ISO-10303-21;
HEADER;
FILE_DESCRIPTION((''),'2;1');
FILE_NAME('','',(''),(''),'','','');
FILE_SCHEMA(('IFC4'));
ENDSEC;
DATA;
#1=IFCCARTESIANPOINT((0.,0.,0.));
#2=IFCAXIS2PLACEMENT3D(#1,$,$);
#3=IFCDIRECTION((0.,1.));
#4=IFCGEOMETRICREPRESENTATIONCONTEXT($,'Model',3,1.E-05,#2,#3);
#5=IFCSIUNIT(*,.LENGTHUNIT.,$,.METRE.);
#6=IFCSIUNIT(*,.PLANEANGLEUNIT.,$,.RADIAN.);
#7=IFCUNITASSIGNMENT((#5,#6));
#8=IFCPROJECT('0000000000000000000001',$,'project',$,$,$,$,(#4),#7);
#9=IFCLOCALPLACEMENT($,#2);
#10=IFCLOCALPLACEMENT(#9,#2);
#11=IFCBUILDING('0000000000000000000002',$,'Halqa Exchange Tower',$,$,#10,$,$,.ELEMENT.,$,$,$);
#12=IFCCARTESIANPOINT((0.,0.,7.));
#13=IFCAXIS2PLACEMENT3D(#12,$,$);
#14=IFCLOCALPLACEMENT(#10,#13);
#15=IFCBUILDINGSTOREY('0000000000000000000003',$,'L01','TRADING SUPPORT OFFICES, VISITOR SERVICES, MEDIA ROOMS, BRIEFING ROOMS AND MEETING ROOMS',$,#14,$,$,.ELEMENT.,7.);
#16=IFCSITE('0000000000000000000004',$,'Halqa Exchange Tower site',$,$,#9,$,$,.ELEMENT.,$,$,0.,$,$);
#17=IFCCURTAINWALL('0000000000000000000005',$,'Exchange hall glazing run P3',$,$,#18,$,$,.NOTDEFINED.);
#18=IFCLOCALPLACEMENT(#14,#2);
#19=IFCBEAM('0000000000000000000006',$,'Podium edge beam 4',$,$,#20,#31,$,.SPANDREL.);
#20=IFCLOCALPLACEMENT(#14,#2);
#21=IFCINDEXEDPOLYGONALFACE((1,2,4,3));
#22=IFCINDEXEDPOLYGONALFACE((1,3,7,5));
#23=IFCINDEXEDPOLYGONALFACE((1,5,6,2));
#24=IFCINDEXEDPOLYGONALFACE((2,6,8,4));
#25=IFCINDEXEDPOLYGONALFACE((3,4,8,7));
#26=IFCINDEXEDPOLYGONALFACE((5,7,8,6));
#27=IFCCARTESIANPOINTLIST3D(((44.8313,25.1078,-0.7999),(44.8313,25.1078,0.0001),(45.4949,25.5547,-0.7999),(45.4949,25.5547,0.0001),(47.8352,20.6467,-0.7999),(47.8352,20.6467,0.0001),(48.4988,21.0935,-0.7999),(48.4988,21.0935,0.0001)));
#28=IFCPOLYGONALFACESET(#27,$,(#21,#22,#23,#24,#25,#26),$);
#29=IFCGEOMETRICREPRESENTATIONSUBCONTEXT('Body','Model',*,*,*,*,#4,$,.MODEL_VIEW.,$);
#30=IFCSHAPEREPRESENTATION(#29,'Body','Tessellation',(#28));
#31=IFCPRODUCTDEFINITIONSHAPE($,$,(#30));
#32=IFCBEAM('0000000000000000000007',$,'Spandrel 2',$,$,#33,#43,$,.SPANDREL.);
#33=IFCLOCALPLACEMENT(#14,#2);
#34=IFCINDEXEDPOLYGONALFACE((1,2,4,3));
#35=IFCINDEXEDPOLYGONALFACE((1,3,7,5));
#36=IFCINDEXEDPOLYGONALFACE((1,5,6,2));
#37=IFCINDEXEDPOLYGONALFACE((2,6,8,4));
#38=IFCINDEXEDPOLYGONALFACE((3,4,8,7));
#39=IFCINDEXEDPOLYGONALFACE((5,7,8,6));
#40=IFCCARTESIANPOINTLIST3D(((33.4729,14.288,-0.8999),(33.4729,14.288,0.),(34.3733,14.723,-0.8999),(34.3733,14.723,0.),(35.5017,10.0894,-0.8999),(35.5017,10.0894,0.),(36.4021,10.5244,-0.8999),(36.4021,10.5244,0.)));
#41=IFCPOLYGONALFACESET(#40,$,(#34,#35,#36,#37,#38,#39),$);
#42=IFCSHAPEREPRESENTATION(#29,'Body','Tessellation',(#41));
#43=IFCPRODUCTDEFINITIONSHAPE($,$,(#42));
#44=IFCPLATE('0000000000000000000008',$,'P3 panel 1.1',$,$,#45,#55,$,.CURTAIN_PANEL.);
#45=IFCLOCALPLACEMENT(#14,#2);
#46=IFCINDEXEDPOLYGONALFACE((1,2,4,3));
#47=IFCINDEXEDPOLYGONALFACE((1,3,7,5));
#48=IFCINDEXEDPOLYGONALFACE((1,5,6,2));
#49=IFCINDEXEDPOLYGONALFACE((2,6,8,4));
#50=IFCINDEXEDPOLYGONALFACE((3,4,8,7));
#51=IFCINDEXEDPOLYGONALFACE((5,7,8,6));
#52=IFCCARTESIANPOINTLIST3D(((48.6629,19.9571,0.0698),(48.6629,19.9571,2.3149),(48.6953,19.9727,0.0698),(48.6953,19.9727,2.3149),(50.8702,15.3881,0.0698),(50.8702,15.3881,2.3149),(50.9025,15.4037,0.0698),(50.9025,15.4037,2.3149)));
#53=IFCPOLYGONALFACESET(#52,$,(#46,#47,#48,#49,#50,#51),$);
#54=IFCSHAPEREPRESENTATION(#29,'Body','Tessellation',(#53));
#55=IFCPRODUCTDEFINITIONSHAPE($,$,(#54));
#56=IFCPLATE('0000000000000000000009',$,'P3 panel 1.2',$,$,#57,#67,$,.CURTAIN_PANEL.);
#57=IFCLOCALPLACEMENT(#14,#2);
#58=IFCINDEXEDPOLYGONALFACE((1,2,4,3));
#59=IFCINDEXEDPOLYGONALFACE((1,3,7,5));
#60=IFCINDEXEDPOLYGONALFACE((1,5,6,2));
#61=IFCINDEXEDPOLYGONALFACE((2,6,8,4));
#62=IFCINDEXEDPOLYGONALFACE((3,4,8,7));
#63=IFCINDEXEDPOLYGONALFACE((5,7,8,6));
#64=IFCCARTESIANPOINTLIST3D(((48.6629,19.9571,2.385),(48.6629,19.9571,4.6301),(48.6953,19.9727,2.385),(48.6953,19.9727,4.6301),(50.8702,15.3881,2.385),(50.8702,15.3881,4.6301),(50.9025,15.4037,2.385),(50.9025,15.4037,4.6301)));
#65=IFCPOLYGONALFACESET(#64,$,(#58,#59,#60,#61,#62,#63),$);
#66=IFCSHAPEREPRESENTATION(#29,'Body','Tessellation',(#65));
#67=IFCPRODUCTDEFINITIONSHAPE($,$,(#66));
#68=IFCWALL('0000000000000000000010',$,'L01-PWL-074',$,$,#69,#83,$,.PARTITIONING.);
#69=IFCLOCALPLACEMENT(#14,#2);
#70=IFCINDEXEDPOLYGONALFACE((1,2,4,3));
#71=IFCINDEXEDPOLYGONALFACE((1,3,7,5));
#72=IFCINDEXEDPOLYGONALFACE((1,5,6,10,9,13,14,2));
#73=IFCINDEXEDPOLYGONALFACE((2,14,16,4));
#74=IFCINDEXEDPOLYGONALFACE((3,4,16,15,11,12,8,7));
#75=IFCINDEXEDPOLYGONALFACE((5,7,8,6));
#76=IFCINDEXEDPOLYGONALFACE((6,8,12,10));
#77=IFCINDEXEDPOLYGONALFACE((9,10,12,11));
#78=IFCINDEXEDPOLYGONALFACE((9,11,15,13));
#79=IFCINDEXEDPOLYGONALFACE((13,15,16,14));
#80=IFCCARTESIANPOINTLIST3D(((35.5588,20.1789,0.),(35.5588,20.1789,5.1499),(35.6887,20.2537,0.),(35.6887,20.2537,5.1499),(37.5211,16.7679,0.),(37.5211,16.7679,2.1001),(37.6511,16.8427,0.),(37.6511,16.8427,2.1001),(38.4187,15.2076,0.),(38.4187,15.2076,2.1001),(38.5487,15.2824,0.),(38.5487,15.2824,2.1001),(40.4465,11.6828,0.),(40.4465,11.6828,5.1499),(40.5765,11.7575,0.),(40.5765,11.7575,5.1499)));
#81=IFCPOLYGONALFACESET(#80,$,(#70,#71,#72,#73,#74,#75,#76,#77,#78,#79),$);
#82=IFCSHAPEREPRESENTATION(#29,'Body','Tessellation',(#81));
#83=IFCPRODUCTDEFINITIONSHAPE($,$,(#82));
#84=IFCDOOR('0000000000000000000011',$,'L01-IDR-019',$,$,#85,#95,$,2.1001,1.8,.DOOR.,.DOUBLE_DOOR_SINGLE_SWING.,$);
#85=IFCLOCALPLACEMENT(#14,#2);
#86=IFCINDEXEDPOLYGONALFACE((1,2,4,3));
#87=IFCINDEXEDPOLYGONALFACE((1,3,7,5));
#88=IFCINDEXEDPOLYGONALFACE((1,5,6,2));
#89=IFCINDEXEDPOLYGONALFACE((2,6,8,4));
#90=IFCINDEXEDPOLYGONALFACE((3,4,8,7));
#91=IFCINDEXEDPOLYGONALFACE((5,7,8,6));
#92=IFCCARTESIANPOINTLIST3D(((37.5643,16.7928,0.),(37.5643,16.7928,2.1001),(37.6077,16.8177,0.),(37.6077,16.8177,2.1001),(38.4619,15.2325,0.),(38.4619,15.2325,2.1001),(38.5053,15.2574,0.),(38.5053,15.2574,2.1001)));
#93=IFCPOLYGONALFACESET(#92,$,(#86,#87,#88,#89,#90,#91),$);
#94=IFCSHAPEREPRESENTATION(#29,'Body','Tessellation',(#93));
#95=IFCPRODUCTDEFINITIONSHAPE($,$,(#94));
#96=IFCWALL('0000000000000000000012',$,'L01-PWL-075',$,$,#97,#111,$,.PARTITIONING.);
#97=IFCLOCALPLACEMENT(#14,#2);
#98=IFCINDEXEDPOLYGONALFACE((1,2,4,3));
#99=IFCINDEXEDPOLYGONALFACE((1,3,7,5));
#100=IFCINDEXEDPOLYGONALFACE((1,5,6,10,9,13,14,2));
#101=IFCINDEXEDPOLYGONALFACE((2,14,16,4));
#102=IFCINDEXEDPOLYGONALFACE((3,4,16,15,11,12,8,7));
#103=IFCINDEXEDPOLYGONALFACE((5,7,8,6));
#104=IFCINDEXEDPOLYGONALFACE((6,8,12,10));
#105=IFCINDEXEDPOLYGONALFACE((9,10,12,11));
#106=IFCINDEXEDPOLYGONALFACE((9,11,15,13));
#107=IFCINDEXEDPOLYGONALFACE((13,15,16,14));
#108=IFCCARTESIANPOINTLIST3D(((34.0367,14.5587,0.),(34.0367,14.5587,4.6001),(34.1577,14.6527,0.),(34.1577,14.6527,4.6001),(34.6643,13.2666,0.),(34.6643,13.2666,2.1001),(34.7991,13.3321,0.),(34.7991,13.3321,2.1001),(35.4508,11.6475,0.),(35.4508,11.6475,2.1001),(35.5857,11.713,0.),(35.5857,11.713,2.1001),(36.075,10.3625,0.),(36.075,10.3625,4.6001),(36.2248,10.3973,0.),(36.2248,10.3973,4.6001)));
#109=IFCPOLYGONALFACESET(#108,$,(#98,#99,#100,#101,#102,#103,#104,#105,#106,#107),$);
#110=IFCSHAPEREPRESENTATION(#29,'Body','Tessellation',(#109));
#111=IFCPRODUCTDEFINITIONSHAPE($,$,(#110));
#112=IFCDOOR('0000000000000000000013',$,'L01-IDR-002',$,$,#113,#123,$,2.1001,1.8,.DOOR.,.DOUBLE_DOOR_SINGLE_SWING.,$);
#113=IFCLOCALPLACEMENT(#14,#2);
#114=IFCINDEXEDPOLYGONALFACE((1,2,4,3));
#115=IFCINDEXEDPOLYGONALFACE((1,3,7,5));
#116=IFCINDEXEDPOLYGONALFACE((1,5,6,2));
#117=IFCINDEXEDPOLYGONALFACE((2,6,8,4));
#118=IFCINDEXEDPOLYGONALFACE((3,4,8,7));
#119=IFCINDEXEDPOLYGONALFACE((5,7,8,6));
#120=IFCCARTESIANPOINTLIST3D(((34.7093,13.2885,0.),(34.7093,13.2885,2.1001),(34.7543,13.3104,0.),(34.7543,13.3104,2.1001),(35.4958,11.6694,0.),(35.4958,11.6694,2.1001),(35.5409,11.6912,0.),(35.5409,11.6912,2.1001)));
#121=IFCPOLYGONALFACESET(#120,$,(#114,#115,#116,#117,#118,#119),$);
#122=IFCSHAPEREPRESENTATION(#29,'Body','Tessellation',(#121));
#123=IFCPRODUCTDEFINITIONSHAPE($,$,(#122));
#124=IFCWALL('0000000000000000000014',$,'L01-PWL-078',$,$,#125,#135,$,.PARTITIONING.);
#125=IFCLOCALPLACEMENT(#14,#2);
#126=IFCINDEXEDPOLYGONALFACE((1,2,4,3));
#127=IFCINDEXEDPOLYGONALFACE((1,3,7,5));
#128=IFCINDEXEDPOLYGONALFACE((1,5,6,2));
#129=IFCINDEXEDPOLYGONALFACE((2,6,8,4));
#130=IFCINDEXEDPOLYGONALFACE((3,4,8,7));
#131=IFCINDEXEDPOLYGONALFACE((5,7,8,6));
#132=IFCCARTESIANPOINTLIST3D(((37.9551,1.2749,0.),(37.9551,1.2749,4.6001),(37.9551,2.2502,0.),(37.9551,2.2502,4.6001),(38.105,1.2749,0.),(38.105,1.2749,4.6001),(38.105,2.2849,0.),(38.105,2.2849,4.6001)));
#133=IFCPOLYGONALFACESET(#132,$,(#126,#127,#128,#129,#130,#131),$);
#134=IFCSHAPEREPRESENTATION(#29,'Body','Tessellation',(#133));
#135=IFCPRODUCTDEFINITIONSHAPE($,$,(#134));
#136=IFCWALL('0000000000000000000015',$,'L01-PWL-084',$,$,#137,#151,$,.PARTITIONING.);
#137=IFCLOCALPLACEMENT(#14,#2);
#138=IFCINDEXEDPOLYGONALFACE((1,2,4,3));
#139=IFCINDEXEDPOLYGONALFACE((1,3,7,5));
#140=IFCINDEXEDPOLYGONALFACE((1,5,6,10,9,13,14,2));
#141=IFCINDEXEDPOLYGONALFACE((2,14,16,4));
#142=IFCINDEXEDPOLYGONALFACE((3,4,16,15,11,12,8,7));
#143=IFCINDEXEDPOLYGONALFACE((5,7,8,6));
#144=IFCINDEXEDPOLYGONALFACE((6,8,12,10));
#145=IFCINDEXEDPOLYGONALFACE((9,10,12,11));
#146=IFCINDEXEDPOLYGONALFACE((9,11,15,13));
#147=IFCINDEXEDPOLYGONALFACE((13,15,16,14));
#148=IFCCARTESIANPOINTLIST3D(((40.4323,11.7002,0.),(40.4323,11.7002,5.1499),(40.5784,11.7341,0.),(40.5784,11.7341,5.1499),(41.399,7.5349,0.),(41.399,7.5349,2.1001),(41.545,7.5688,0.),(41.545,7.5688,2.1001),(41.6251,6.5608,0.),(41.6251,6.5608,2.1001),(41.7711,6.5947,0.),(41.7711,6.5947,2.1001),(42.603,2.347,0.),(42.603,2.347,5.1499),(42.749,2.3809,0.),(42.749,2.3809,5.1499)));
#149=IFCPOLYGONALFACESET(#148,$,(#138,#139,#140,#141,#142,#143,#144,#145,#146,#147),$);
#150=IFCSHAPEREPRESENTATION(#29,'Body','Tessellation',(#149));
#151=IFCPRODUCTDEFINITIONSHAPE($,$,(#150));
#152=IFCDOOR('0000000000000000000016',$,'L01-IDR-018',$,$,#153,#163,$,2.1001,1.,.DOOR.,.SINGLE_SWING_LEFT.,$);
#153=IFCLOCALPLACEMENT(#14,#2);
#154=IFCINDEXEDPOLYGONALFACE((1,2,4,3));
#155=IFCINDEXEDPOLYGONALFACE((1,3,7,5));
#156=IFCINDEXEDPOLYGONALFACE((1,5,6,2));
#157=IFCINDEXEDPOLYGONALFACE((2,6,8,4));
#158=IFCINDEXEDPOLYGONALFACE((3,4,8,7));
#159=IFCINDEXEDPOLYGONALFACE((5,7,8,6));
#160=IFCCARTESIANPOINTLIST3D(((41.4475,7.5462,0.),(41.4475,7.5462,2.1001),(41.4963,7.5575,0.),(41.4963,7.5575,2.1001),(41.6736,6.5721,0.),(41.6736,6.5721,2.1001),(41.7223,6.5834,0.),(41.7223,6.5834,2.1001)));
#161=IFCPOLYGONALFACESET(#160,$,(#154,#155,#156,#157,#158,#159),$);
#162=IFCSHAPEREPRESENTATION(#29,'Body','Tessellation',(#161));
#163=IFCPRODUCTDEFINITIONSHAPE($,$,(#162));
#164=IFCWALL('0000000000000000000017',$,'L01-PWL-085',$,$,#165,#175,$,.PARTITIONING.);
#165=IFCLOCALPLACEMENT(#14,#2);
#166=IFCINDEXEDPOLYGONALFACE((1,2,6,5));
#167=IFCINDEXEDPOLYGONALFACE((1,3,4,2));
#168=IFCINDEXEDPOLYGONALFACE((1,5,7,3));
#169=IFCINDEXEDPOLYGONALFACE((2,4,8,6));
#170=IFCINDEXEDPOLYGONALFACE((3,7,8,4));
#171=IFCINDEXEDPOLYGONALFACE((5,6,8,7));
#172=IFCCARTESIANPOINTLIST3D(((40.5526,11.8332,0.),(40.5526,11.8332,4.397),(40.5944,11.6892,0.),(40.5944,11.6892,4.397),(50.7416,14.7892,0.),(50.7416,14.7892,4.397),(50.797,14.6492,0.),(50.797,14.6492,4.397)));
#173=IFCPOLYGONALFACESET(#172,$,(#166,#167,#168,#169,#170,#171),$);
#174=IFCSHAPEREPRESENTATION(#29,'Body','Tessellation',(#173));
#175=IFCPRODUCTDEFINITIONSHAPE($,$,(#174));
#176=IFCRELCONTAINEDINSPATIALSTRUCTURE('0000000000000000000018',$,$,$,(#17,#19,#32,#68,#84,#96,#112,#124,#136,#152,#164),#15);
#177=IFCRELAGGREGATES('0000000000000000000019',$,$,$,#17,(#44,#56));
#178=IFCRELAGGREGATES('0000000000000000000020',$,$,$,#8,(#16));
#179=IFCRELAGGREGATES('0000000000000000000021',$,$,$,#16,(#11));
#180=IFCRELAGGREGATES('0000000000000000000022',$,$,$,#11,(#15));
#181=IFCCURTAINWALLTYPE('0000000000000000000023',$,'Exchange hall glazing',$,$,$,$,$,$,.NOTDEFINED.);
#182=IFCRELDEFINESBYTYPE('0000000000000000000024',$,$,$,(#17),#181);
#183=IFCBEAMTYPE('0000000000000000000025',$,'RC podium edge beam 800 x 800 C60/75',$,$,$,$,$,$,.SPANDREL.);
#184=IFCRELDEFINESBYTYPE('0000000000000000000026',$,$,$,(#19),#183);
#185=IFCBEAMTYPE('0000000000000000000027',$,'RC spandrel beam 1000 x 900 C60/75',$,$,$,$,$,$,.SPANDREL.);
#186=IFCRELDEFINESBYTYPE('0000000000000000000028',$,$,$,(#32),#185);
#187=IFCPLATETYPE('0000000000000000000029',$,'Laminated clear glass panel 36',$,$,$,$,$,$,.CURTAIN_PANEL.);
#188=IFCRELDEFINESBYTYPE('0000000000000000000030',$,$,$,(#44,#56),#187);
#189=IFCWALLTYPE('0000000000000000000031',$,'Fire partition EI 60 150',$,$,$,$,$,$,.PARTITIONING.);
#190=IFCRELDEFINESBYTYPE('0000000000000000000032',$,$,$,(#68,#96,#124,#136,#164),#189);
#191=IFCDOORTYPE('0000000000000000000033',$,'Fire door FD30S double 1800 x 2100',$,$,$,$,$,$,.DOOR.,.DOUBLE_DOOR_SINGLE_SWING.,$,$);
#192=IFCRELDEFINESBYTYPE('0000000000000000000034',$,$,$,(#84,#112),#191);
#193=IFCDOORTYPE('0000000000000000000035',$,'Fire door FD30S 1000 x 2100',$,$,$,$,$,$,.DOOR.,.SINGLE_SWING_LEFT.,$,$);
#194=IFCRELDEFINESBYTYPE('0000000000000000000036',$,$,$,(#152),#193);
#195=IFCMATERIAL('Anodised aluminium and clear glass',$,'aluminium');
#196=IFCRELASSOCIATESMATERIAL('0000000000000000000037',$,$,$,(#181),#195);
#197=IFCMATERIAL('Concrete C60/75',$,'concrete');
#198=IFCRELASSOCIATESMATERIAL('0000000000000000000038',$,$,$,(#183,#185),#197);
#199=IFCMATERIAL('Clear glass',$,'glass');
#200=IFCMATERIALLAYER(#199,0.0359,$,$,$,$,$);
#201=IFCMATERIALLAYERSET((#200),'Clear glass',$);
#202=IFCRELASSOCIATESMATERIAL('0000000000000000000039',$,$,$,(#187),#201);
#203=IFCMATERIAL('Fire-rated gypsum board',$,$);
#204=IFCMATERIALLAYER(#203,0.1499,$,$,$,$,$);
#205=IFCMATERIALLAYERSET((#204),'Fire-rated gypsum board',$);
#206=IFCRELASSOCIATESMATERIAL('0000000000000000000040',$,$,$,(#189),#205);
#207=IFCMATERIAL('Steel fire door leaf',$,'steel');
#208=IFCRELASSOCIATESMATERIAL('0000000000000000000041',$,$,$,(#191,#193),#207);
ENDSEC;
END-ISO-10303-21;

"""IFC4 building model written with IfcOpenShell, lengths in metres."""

from ifc_helpers import new_model, si_unit, direction, frame, frame_2d, origin, origin_2d, place, context, subcontext, project, spatial, polyline, rectangle, outline, extrude, material, layer, layer_set, material_profile, profile_set, type_object, element, fill, aggregate, save


model = new_model("IFC4")

# Units and contexts
model_context = context("Model", 3, precision=1e-05, world=origin(), true_north=direction((0.0, 1.0)))
body_context = subcontext(model_context, "Body", "Model", "MODEL_VIEW")
ifc_project = project(units=[si_unit("LENGTHUNIT", "METRE"), si_unit("PLANEANGLEUNIT", "RADIAN")], contexts=[model_context])

# Site, building, storey
site_placement = place(None, origin())
site = spatial("IfcSite", under=ifc_project, at=site_placement, Name="Halqa Exchange Tower site", CompositionType="ELEMENT", RefElevation=0.0)
building_placement = place(site_placement, origin())
building = spatial("IfcBuilding", under=site, at=building_placement, Name="Halqa Exchange Tower", CompositionType="ELEMENT")
storey_placement = place(building_placement, frame((0.0, 0.0, 7.0)))
storey = spatial("IfcBuildingStorey", under=building, at=storey_placement, Name="L01", Description="TRADING SUPPORT OFFICES, VISITOR SERVICES, MEDIA ROOMS, BRIEFING ROOMS AND MEETING ROOMS", CompositionType="ELEMENT", Elevation=7.0)

# Shared definitions
ifc_material_1 = material(Name="Concrete C60/75", Category="concrete")

# Curtain wall
ifc_material_2 = material(Name="Anodised aluminium and clear glass", Category="aluminium")
curtain_wall_type = type_object("IfcCurtainWallType", Name="Exchange hall glazing", PredefinedType="NOTDEFINED", material=ifc_material_2)
curtain_wall_1_placement = place(storey_placement, origin())
curtain_wall_1 = element("IfcCurtainWall", 1, at=curtain_wall_1_placement, inside=storey, type_object=curtain_wall_type, Name="Exchange hall glazing run P3", PredefinedType="NOTDEFINED")

# Beams
ifc_material_profile_1 = material_profile(ifc_material_1, rectangle(XDim=0.8, YDim=0.8, at=origin_2d()), Name="800 x 800")
ifc_profile_set_1 = profile_set([ifc_material_profile_1], Name="Concrete C60/75")
beam_type_1 = type_object("IfcBeamType", Name="RC podium edge beam 800 x 800 C60/75", PredefinedType="SPANDREL", material=ifc_profile_set_1)
beam_1_placement = place(storey_placement, frame((48.167, 20.8701, -0.3999), z_axis=(-0.558528, 0.829485, 0.0), x_axis=(-0.829485, -0.558528, 0.0)))
element("IfcBeam", 2, at=beam_1_placement, inside=storey, type_object=beam_type_1, Name="Podium edge beam 4", PredefinedType="SPANDREL", context=body_context, shape_type="SweptSolid", body=[
    extrude(rectangle(XDim=0.8, YDim=0.8, at=origin_2d()), origin(), (0.0, 0.0, 1.0), 5.3782),
])
ifc_material_profile_2 = material_profile(ifc_material_1, rectangle(XDim=1.0, YDim=0.8999, at=origin_2d()), Name="1000 x 900")
ifc_profile_set_2 = profile_set([ifc_material_profile_2], Name="Concrete C60/75")
beam_type_2 = type_object("IfcBeamType", Name="RC spandrel beam 1000 x 900 C60/75", PredefinedType="SPANDREL", material=ifc_profile_set_2)
beam_2_placement = place(storey_placement, frame((35.9519, 10.3069, -0.45), z_axis=(-0.435068, 0.900397, 0.0), x_axis=(-0.900397, -0.435068, 0.0)))
element("IfcBeam", 3, at=beam_2_placement, inside=storey, type_object=beam_type_2, Name="Spandrel 2", PredefinedType="SPANDREL", context=body_context, shape_type="SweptSolid", body=[
    extrude(rectangle(XDim=1.0, YDim=0.8999, at=origin_2d()), origin(), (0.0, 0.0, 1.0), 4.6631),
])

# Plates
ifc_material_3 = material(Name="Clear glass", Category="glass")
ifc_layer_1 = layer(ifc_material_3, 0.0359)
ifc_layer_set_1 = layer_set([ifc_layer_1], Name="Clear glass")
plate_type = type_object("IfcPlateType", Name="Laminated clear glass panel 36", PredefinedType="CURTAIN_PANEL", material=ifc_layer_set_1)
plate_1_placement = place(storey_placement, frame((49.7827, 17.6804, 0.0698), z_axis=(0.0, 0.0, 1.0), x_axis=(-0.43499, 0.900435, 0.0)))
plate_1 = element("IfcPlate", 4, at=plate_1_placement, type_object=plate_type, Name="P3 panel 1.1", PredefinedType="CURTAIN_PANEL", context=body_context, shape_type="SweptSolid", body=[
    extrude(rectangle(XDim=5.0742, YDim=0.0359, at=origin_2d()), origin(), (0.0, 0.0, 1.0), 2.2451),
])
plate_2_placement = place(storey_placement, frame((49.7827, 17.6804, 2.385), z_axis=(0.0, 0.0, 1.0), x_axis=(-0.43499, 0.900435, 0.0)))
plate_2 = element("IfcPlate", 5, at=plate_2_placement, type_object=plate_type, Name="P3 panel 1.2", PredefinedType="CURTAIN_PANEL", context=body_context, shape_type="SweptSolid", body=[
    extrude(rectangle(XDim=5.0742, YDim=0.0359, at=origin_2d()), origin(), (0.0, 0.0, 1.0), 2.2451),
])
aggregate(curtain_wall_1, [plate_1, plate_2])

# Walls, openings, doors
ifc_material_4 = material(Name="Fire-rated gypsum board")
ifc_layer_2 = layer(ifc_material_4, 0.1499)
ifc_layer_set_2 = layer_set([ifc_layer_2], Name="Fire-rated gypsum board")
wall_type_1 = type_object("IfcWallType", Name="Fire partition EI 60 150", PredefinedType="PARTITIONING", material=ifc_layer_set_2)
wall_1_placement = place(storey_placement, frame((35.6238, 20.2163, 0.0), z_axis=(0.0, 0.0, 1.0), x_axis=(0.498658, -0.866799, 0.0)))
wall_1 = element("IfcWall", 6, at=wall_1_placement, inside=storey, type_object=wall_type_1, Name="L01-PWL-074", PredefinedType="PARTITIONING", context=body_context, shape_type="SweptSolid", body=[
    extrude(rectangle(XDim=9.8018, YDim=0.1499, at=frame_2d((4.9009, 0.0))), origin(), (0.0, 0.0, 1.0), 5.1499),
])
opening_1_placement = place(wall_1_placement, frame((3.9353, 0.0, 0.0)))
opening_1 = element("IfcOpeningElement", 7, at=opening_1_placement, cuts=wall_1, PredefinedType="OPENING", context=body_context, shape_type="SweptSolid", body=[
    extrude(rectangle(XDim=1.8, YDim=2.1001, at=frame_2d((0.8999, 1.05))), frame((0.0, 0.0869, 0.0), z_axis=(0.0, -1.0, 0.0), x_axis=(1.0, 0.0, 0.0)), (0.0, 0.0, 1.0), 0.1738),
])
ifc_material_5 = material(Name="Steel fire door leaf", Category="steel")
door_type_1 = type_object("IfcDoorType", Name="Fire door FD30S double 1800 x 2100", OperationType="DOUBLE_DOOR_SINGLE_SWING", PredefinedType="DOOR", material=ifc_material_5)
door_1_placement = place(opening_1_placement, origin())
door_1 = element("IfcDoor", 8, at=door_1_placement, inside=storey, type_object=door_type_1, Name="L01-IDR-019", OperationType="DOUBLE_DOOR_SINGLE_SWING", OverallHeight=2.1001, OverallWidth=1.8, PredefinedType="DOOR", context=body_context, shape_type="SweptSolid", body=[
    extrude(rectangle(XDim=1.8, YDim=2.1001, at=frame_2d((0.8999, 1.05))), frame((0.0, 0.0249, 0.0), z_axis=(0.0, -1.0, 0.0), x_axis=(1.0, 0.0, 0.0)), (0.0, 0.0, 1.0), 0.05),
])
fill(opening_1, door_1)
wall_2_placement = place(storey_placement, frame((36.1499, 10.3799, 0.0), z_axis=(0.0, 0.0, 1.0), x_axis=(-0.436936, 0.899492, 0.0)))
wall_2 = element("IfcWall", 9, at=wall_2_placement, inside=storey, type_object=wall_type_1, Name="L01-PWL-075", PredefinedType="PARTITIONING", context=body_context, shape_type="SweptSolid", body=[
    extrude(outline(polyline([(-0.0171, -0.075), (4.7139, -0.075), (4.6821, 0.075), (0.0171, 0.075), (-0.0171, -0.075)])), origin(), (0.0, 0.0, 1.0), 4.6001),
])
opening_2_placement = place(wall_2_placement, frame((1.4458, 0.0, 0.0)))
opening_2 = element("IfcOpeningElement", 10, at=opening_2_placement, cuts=wall_2, PredefinedType="OPENING", context=body_context, shape_type="SweptSolid", body=[
    extrude(rectangle(XDim=1.8, YDim=2.1001, at=frame_2d((0.8999, 1.05))), frame((0.0, 0.0869, 0.0), z_axis=(0.0, -1.0, 0.0), x_axis=(1.0, 0.0, 0.0)), (0.0, 0.0, 1.0), 0.1738),
])
door_2_placement = place(opening_2_placement, origin())
door_2 = element("IfcDoor", 11, at=door_2_placement, inside=storey, type_object=door_type_1, Name="L01-IDR-002", OperationType="DOUBLE_DOOR_SINGLE_SWING", OverallHeight=2.1001, OverallWidth=1.8, PredefinedType="DOOR", context=body_context, shape_type="SweptSolid", body=[
    extrude(rectangle(XDim=1.8, YDim=2.1001, at=frame_2d((0.8999, 1.05))), frame((0.0, 0.0249, 0.0), z_axis=(0.0, -1.0, 0.0), x_axis=(1.0, 0.0, 0.0)), (0.0, 0.0, 1.0), 0.05),
])
fill(opening_2, door_2)

# Wall
wall_3_placement = place(storey_placement, frame((38.03, 1.2749, 0.0), z_axis=(0.0, 0.0, 1.0), x_axis=(0.0, 1.0, 0.0)))
element("IfcWall", 12, at=wall_3_placement, inside=storey, type_object=wall_type_1, Name="L01-PWL-078", PredefinedType="PARTITIONING", context=body_context, shape_type="SweptSolid", body=[
    extrude(outline(polyline([(0.0, -0.075), (1.01, -0.075), (0.9753, 0.075), (0.0, 0.075), (0.0, -0.075)])), origin(), (0.0, 0.0, 1.0), 4.6001),
])

# Wall, opening, door
wall_4_placement = place(storey_placement, frame((40.5054, 11.717, 0.0), z_axis=(0.0, 0.0, 1.0), x_axis=(0.226066, -0.974112, 0.0)))
wall_4 = element("IfcWall", 13, at=wall_4_placement, inside=storey, type_object=wall_type_1, Name="L01-PWL-084", PredefinedType="PARTITIONING", context=body_context, shape_type="SweptSolid", body=[
    extrude(rectangle(XDim=9.6018, YDim=0.1499, at=frame_2d((4.8008, 0.0))), origin(), (0.0, 0.0, 1.0), 5.1499),
])
opening_3_placement = place(wall_4_placement, frame((4.2759, 0.0, 0.0)))
opening_3 = element("IfcOpeningElement", 14, at=opening_3_placement, cuts=wall_4, PredefinedType="OPENING", context=body_context, shape_type="SweptSolid", body=[
    extrude(rectangle(XDim=1.0, YDim=2.1001, at=frame_2d((0.5, 1.05))), frame((0.0, 0.0869, 0.0), z_axis=(0.0, -1.0, 0.0), x_axis=(1.0, 0.0, 0.0)), (0.0, 0.0, 1.0), 0.1738),
])
door_type_2 = type_object("IfcDoorType", Name="Fire door FD30S 1000 x 2100", OperationType="SINGLE_SWING_LEFT", PredefinedType="DOOR", material=ifc_material_5)
door_3_placement = place(opening_3_placement, origin())
door_3 = element("IfcDoor", 15, at=door_3_placement, inside=storey, type_object=door_type_2, Name="L01-IDR-018", OperationType="SINGLE_SWING_LEFT", OverallHeight=2.1001, OverallWidth=1.0, PredefinedType="DOOR", context=body_context, shape_type="SweptSolid", body=[
    extrude(rectangle(XDim=1.0, YDim=2.1001, at=frame_2d((0.5, 1.05))), frame((0.0, 0.0249, 0.0), z_axis=(0.0, -1.0, 0.0), x_axis=(1.0, 0.0, 0.0)), (0.0, 0.0, 1.0), 0.05),
])
fill(opening_3, door_3)

# Wall
wall_5_placement = place(storey_placement, frame((40.5735, 11.7612, 0.0), z_axis=(0.0, 0.0, 1.0), x_axis=(0.960398, 0.278631, 0.0)))
element("IfcWall", 16, at=wall_5_placement, inside=storey, type_object=wall_type_1, Name="L01-PWL-085", PredefinedType="PARTITIONING", context=body_context, shape_type="SweptSolid", body=[
    extrude(outline(polyline([(0.0, -0.075), (10.6233, -0.075), (10.6091, 0.075), (0.0, 0.075), (0.0, -0.075)])), origin(), (0.0, 0.0, 1.0), 4.397),
])

save(model, "model.ifc")
